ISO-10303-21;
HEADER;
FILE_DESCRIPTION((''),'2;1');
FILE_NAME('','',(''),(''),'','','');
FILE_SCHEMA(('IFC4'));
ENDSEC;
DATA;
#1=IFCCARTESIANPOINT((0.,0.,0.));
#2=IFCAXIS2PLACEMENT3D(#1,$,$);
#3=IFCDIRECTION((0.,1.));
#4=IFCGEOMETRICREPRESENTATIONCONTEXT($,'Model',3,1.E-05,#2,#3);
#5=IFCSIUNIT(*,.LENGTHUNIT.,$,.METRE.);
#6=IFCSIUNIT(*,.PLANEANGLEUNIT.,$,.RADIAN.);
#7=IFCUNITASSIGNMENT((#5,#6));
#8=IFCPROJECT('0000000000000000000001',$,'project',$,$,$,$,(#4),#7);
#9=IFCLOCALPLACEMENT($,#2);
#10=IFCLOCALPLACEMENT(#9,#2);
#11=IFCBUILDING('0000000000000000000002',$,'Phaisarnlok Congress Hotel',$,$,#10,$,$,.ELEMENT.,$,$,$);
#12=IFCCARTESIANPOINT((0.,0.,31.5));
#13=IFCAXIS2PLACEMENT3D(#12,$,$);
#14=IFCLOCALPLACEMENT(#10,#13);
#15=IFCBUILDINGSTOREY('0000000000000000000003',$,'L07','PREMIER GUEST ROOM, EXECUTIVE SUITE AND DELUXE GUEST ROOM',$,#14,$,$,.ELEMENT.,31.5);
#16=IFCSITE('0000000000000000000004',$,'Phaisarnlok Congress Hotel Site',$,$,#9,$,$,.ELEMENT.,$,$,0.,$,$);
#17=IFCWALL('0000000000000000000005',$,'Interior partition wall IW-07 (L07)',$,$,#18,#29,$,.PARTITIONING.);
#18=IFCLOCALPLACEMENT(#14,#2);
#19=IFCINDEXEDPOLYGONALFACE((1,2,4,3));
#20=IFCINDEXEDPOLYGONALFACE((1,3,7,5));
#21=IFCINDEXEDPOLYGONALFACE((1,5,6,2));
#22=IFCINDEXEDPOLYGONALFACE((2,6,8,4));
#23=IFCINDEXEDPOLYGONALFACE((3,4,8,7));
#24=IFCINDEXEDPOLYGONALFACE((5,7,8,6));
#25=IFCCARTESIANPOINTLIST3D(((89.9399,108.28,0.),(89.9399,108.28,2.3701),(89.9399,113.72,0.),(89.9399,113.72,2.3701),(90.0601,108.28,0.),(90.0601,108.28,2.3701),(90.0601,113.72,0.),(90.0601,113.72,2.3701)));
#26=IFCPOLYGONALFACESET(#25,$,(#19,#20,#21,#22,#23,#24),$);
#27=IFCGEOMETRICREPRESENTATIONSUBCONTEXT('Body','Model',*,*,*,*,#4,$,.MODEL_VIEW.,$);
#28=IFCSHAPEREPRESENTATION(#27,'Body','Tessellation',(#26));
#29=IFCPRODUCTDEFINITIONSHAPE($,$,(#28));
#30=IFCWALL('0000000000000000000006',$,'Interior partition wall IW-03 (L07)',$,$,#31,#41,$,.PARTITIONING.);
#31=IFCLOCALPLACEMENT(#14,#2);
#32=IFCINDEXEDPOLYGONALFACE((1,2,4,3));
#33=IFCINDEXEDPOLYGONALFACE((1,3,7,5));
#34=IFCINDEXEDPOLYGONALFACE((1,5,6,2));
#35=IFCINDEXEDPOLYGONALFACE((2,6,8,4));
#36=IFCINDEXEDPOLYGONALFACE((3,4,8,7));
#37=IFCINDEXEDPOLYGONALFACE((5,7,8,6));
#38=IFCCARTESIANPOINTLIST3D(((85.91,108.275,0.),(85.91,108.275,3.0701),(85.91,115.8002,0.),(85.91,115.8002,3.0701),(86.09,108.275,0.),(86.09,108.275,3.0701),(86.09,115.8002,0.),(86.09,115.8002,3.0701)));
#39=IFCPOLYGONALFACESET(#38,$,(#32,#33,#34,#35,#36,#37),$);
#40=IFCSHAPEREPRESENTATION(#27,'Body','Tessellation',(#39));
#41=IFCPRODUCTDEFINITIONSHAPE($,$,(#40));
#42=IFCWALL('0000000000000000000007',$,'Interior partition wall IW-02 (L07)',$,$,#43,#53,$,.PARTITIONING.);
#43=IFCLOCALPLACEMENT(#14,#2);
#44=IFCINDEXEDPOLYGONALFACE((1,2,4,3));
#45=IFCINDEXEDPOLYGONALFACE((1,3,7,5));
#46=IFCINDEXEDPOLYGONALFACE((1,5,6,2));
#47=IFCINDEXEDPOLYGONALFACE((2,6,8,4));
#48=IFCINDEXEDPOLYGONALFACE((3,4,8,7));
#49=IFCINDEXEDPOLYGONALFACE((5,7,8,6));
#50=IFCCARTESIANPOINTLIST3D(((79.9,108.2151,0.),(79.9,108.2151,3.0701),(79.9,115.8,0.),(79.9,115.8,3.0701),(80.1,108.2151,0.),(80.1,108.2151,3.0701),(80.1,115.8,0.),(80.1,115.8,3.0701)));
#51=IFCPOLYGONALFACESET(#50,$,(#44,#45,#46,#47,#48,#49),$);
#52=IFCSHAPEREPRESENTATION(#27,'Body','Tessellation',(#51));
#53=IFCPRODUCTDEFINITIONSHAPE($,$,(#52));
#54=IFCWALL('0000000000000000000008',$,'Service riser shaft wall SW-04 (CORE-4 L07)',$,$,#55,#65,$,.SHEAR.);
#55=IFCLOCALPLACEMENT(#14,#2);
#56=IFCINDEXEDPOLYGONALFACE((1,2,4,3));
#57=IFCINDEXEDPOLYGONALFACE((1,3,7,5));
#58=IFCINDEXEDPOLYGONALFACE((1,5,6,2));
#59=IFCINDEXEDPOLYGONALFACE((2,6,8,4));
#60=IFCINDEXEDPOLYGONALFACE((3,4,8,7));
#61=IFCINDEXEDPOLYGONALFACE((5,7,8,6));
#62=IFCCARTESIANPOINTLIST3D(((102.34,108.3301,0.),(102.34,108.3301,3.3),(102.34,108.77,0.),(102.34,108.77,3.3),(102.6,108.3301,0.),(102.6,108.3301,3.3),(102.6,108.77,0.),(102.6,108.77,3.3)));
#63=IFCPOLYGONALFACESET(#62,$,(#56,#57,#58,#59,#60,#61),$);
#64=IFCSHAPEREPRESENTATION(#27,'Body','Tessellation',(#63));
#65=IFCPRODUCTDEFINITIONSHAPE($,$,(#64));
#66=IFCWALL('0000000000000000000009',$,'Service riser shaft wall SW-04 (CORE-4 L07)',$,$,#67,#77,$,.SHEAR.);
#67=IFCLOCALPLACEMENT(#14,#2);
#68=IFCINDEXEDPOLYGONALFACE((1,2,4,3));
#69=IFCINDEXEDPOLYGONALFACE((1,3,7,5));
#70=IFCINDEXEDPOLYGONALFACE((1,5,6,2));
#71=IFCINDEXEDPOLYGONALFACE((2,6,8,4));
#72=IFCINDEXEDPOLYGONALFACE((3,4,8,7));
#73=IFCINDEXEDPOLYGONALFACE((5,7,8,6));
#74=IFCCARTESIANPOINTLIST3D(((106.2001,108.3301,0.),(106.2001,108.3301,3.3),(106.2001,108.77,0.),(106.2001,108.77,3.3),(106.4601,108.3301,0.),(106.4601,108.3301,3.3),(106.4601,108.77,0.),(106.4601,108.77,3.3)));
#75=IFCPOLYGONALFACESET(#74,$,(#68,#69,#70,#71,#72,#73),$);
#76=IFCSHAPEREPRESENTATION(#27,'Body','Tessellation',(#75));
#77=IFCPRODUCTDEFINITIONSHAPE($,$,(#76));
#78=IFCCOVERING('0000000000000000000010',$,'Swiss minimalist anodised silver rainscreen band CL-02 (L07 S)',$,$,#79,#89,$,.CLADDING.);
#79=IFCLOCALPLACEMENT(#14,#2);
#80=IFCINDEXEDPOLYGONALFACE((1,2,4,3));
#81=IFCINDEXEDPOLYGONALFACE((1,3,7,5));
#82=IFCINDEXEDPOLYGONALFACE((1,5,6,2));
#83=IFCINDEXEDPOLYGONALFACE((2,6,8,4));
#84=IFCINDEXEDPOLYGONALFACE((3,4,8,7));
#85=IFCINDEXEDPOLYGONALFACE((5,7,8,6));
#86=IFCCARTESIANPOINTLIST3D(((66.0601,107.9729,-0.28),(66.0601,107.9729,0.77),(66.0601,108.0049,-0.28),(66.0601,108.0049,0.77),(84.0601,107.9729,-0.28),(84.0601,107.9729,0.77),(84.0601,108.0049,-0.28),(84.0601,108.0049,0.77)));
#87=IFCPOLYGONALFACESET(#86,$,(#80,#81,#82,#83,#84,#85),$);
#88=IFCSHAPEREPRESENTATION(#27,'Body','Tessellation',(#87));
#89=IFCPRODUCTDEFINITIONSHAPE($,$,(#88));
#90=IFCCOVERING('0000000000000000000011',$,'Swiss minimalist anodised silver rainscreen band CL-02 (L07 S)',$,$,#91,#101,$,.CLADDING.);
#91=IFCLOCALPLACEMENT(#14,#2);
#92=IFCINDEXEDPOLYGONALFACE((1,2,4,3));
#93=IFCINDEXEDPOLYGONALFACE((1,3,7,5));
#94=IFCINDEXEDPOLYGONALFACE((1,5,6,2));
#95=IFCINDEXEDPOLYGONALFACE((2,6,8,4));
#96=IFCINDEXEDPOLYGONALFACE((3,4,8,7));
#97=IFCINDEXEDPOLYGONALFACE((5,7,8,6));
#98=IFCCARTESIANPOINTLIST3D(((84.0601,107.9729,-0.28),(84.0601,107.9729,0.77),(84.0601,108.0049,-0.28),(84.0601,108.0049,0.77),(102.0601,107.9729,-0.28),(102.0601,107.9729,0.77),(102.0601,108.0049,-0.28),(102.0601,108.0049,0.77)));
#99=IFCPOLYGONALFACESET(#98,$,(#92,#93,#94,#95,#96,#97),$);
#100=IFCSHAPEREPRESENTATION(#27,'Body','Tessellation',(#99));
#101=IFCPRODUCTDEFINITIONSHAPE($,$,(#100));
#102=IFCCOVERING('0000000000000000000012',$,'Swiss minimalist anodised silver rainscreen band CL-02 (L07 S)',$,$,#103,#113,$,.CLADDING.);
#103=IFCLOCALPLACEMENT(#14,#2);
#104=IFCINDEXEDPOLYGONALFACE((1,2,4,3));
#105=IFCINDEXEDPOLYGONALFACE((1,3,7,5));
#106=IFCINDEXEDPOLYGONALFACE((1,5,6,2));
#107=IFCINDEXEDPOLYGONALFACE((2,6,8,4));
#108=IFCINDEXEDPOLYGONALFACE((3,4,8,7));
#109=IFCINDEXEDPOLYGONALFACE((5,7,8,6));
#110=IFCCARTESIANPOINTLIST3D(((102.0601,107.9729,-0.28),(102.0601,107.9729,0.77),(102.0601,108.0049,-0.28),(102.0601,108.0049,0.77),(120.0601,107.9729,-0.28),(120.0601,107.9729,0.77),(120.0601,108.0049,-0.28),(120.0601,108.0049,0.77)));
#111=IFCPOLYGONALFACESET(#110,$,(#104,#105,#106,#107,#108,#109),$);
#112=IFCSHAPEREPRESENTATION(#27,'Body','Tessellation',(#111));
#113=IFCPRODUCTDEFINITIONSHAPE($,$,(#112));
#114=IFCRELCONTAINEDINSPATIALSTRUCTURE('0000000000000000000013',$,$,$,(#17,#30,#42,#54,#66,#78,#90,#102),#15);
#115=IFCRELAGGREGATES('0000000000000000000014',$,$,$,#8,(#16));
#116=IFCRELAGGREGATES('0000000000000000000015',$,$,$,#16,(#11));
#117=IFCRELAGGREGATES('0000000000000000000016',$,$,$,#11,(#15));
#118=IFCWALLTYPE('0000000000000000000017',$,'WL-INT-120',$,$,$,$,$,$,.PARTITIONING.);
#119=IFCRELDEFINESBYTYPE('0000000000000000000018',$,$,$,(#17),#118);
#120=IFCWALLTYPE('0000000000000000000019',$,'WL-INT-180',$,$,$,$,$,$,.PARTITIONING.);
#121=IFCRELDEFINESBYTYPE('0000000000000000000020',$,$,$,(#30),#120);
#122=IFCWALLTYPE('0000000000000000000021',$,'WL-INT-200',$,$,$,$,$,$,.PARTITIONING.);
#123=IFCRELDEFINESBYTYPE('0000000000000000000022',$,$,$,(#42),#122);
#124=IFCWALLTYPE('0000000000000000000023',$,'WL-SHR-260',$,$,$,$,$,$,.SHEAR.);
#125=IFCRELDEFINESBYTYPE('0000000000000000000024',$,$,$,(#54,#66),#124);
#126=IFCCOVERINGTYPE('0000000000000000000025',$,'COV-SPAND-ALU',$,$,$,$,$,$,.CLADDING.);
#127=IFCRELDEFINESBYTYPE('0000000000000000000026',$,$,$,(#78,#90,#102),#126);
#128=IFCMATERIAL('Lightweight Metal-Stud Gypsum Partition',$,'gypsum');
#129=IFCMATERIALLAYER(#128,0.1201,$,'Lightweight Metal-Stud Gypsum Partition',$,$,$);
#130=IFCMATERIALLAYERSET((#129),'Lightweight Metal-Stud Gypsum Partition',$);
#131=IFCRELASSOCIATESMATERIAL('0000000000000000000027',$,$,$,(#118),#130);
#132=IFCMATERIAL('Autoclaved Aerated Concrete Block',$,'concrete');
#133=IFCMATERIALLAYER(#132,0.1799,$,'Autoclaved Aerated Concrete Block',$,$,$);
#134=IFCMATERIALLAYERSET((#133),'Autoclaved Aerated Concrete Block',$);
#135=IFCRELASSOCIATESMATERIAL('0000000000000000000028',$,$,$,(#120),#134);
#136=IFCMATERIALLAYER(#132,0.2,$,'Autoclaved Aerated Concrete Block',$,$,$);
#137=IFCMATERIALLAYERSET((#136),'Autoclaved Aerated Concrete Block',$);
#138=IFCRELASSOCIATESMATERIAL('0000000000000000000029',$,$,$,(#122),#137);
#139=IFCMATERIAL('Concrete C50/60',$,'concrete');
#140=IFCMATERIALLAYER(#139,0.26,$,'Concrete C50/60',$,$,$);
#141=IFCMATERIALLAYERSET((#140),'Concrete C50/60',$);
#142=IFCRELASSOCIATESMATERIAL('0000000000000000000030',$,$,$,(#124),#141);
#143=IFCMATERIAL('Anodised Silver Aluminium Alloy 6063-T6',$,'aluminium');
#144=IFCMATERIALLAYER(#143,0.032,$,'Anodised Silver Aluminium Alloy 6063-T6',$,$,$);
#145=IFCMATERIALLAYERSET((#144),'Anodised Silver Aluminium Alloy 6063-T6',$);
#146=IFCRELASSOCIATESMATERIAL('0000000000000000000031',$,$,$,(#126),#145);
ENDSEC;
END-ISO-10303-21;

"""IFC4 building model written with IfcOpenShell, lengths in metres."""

from ifc_helpers import new_model, si_unit, direction, frame, frame_2d, origin, place, context, subcontext, project, spatial, polyline, rectangle, outline, extrude, material, layer, layer_set, type_object, element, save


model = new_model("IFC4")

# Units and contexts
model_context = context("Model", 3, precision=1e-05, world=origin(), true_north=direction((0.0, 1.0)))
body_context = subcontext(model_context, "Body", "Model", "MODEL_VIEW")
ifc_project = project(units=[si_unit("LENGTHUNIT", "METRE"), si_unit("PLANEANGLEUNIT", "RADIAN")], contexts=[model_context])

# Site, building, storey
site_placement = place(None, origin())
site = spatial("IfcSite", under=ifc_project, at=site_placement, Name="Phaisarnlok Congress Hotel Site", CompositionType="ELEMENT", RefElevation=0.0)
building_placement = place(site_placement, origin())
building = spatial("IfcBuilding", under=site, at=building_placement, Name="Phaisarnlok Congress Hotel", CompositionType="ELEMENT")
storey_placement = place(building_placement, frame((0.0, 0.0, 31.5)))
storey = spatial("IfcBuildingStorey", under=building, at=storey_placement, Name="L07", Description="PREMIER GUEST ROOM, EXECUTIVE SUITE AND DELUXE GUEST ROOM", CompositionType="ELEMENT", Elevation=31.5)

# Walls
ifc_material_1 = material(Name="Lightweight Metal-Stud Gypsum Partition", Category="gypsum")
ifc_layer_1 = layer(ifc_material_1, 0.1201, Name="Lightweight Metal-Stud Gypsum Partition")
ifc_layer_set_1 = layer_set([ifc_layer_1], Name="Lightweight Metal-Stud Gypsum Partition")
wall_type_1 = type_object("IfcWallType", Name="WL-INT-120", PredefinedType="PARTITIONING", material=ifc_layer_set_1)
wall_1_placement = place(storey_placement, frame((90.0, 108.28, 0.0), z_axis=(0.0, 0.0, 1.0), x_axis=(0.0, 1.0, 0.0)))
element("IfcWall", 1, at=wall_1_placement, inside=storey, type_object=wall_type_1, Name="Interior partition wall IW-07 (L07)", PredefinedType="PARTITIONING", context=body_context, shape_type="SweptSolid", body=[
    extrude(rectangle(XDim=5.4399, YDim=0.1201, at=frame_2d((2.72, 0.0))), origin(), (0.0, 0.0, 1.0), 2.3701),
])
ifc_material_2 = material(Name="Autoclaved Aerated Concrete Block", Category="concrete")
ifc_layer_2 = layer(ifc_material_2, 0.1799, Name="Autoclaved Aerated Concrete Block")
ifc_layer_set_2 = layer_set([ifc_layer_2], Name="Autoclaved Aerated Concrete Block")
wall_type_2 = type_object("IfcWallType", Name="WL-INT-180", PredefinedType="PARTITIONING", material=ifc_layer_set_2)
wall_2_placement = place(storey_placement, frame((86.0, 108.2749, 0.0), z_axis=(0.0, 0.0, 1.0), x_axis=(0.0, 1.0, 0.0)))
element("IfcWall", 2, at=wall_2_placement, inside=storey, type_object=wall_type_2, Name="Interior partition wall IW-03 (L07)", PredefinedType="PARTITIONING", context=body_context, shape_type="SweptSolid", body=[
    extrude(rectangle(XDim=7.5251, YDim=0.1799, at=frame_2d((3.7627, 0.0))), origin(), (0.0, 0.0, 1.0), 3.0701),
])
ifc_layer_3 = layer(ifc_material_2, 0.2, Name="Autoclaved Aerated Concrete Block")
ifc_layer_set_3 = layer_set([ifc_layer_3], Name="Autoclaved Aerated Concrete Block")
wall_type_3 = type_object("IfcWallType", Name="WL-INT-200", PredefinedType="PARTITIONING", material=ifc_layer_set_3)
wall_3_placement = place(storey_placement, frame((80.0, 108.2151, 0.0), z_axis=(0.0, 0.0, 1.0), x_axis=(0.0, 1.0, 0.0)))
element("IfcWall", 3, at=wall_3_placement, inside=storey, type_object=wall_type_3, Name="Interior partition wall IW-02 (L07)", PredefinedType="PARTITIONING", context=body_context, shape_type="SweptSolid", body=[
    extrude(rectangle(XDim=7.585, YDim=0.2, at=frame_2d((3.7925, 0.0))), origin(), (0.0, 0.0, 1.0), 3.0701),
])
ifc_material_3 = material(Name="Concrete C50/60", Category="concrete")
ifc_layer_4 = layer(ifc_material_3, 0.26, Name="Concrete C50/60")
ifc_layer_set_4 = layer_set([ifc_layer_4], Name="Concrete C50/60")
wall_type_4 = type_object("IfcWallType", Name="WL-SHR-260", PredefinedType="SHEAR", material=ifc_layer_set_4)
for number, where, z_axis, x_axis, name in (
    (4, (102.47, 108.3301, 0.0), (0.0, 0.0, 1.0), (0.0, 1.0, 0.0), "Service riser shaft wall SW-04 (CORE-4 L07)"),
    (5, (106.3301, 108.3301, 0.0), (0.0, 0.0, 1.0), (0.0, 1.0, 0.0), "Service riser shaft wall SW-04 (CORE-4 L07)"),
):
    element("IfcWall", number, at=place(storey_placement, frame(where, z_axis=z_axis, x_axis=x_axis)), inside=storey, type_object=wall_type_4, Name=name, PredefinedType="SHEAR", context=body_context, shape_type="SweptSolid", body=[
        extrude(rectangle(XDim=0.4399, YDim=0.26, at=frame_2d((0.22, 0.0))), origin(), (0.0, 0.0, 1.0), 3.3),
    ])

# Coverings
ifc_material_4 = material(Name="Anodised Silver Aluminium Alloy 6063-T6", Category="aluminium")
ifc_layer_5 = layer(ifc_material_4, 0.032, Name="Anodised Silver Aluminium Alloy 6063-T6")
ifc_layer_set_5 = layer_set([ifc_layer_5], Name="Anodised Silver Aluminium Alloy 6063-T6")
covering_type = type_object("IfcCoveringType", Name="COV-SPAND-ALU", PredefinedType="CLADDING", material=ifc_layer_set_5)
for number, where, z_axis, x_axis, name in (
    (6, (66.0601, 108.0049, -0.28), (0.0, -1.0, 0.0), (1.0, 0.0, 0.0), "Swiss minimalist anodised silver rainscreen band CL-02 (L07 S)"),
    (7, (84.0601, 108.0049, -0.28), (0.0, -1.0, 0.0), (1.0, 0.0, 0.0), "Swiss minimalist anodised silver rainscreen band CL-02 (L07 S)"),
    (8, (102.0601, 108.0049, -0.28), (0.0, -1.0, 0.0), (1.0, 0.0, 0.0), "Swiss minimalist anodised silver rainscreen band CL-02 (L07 S)"),
):
    element("IfcCovering", number, at=place(storey_placement, frame(where, z_axis=z_axis, x_axis=x_axis)), inside=storey, type_object=covering_type, Name=name, PredefinedType="CLADDING", context=body_context, shape_type="SweptSolid", body=[
        extrude(outline(polyline([(0.0, 0.0), (18.0, 0.0), (18.0, 1.05), (0.0, 1.05), (0.0, 0.0)])), origin(), (0.0, 0.0, 1.0), 0.032),
    ])

save(model, "model.ifc")
